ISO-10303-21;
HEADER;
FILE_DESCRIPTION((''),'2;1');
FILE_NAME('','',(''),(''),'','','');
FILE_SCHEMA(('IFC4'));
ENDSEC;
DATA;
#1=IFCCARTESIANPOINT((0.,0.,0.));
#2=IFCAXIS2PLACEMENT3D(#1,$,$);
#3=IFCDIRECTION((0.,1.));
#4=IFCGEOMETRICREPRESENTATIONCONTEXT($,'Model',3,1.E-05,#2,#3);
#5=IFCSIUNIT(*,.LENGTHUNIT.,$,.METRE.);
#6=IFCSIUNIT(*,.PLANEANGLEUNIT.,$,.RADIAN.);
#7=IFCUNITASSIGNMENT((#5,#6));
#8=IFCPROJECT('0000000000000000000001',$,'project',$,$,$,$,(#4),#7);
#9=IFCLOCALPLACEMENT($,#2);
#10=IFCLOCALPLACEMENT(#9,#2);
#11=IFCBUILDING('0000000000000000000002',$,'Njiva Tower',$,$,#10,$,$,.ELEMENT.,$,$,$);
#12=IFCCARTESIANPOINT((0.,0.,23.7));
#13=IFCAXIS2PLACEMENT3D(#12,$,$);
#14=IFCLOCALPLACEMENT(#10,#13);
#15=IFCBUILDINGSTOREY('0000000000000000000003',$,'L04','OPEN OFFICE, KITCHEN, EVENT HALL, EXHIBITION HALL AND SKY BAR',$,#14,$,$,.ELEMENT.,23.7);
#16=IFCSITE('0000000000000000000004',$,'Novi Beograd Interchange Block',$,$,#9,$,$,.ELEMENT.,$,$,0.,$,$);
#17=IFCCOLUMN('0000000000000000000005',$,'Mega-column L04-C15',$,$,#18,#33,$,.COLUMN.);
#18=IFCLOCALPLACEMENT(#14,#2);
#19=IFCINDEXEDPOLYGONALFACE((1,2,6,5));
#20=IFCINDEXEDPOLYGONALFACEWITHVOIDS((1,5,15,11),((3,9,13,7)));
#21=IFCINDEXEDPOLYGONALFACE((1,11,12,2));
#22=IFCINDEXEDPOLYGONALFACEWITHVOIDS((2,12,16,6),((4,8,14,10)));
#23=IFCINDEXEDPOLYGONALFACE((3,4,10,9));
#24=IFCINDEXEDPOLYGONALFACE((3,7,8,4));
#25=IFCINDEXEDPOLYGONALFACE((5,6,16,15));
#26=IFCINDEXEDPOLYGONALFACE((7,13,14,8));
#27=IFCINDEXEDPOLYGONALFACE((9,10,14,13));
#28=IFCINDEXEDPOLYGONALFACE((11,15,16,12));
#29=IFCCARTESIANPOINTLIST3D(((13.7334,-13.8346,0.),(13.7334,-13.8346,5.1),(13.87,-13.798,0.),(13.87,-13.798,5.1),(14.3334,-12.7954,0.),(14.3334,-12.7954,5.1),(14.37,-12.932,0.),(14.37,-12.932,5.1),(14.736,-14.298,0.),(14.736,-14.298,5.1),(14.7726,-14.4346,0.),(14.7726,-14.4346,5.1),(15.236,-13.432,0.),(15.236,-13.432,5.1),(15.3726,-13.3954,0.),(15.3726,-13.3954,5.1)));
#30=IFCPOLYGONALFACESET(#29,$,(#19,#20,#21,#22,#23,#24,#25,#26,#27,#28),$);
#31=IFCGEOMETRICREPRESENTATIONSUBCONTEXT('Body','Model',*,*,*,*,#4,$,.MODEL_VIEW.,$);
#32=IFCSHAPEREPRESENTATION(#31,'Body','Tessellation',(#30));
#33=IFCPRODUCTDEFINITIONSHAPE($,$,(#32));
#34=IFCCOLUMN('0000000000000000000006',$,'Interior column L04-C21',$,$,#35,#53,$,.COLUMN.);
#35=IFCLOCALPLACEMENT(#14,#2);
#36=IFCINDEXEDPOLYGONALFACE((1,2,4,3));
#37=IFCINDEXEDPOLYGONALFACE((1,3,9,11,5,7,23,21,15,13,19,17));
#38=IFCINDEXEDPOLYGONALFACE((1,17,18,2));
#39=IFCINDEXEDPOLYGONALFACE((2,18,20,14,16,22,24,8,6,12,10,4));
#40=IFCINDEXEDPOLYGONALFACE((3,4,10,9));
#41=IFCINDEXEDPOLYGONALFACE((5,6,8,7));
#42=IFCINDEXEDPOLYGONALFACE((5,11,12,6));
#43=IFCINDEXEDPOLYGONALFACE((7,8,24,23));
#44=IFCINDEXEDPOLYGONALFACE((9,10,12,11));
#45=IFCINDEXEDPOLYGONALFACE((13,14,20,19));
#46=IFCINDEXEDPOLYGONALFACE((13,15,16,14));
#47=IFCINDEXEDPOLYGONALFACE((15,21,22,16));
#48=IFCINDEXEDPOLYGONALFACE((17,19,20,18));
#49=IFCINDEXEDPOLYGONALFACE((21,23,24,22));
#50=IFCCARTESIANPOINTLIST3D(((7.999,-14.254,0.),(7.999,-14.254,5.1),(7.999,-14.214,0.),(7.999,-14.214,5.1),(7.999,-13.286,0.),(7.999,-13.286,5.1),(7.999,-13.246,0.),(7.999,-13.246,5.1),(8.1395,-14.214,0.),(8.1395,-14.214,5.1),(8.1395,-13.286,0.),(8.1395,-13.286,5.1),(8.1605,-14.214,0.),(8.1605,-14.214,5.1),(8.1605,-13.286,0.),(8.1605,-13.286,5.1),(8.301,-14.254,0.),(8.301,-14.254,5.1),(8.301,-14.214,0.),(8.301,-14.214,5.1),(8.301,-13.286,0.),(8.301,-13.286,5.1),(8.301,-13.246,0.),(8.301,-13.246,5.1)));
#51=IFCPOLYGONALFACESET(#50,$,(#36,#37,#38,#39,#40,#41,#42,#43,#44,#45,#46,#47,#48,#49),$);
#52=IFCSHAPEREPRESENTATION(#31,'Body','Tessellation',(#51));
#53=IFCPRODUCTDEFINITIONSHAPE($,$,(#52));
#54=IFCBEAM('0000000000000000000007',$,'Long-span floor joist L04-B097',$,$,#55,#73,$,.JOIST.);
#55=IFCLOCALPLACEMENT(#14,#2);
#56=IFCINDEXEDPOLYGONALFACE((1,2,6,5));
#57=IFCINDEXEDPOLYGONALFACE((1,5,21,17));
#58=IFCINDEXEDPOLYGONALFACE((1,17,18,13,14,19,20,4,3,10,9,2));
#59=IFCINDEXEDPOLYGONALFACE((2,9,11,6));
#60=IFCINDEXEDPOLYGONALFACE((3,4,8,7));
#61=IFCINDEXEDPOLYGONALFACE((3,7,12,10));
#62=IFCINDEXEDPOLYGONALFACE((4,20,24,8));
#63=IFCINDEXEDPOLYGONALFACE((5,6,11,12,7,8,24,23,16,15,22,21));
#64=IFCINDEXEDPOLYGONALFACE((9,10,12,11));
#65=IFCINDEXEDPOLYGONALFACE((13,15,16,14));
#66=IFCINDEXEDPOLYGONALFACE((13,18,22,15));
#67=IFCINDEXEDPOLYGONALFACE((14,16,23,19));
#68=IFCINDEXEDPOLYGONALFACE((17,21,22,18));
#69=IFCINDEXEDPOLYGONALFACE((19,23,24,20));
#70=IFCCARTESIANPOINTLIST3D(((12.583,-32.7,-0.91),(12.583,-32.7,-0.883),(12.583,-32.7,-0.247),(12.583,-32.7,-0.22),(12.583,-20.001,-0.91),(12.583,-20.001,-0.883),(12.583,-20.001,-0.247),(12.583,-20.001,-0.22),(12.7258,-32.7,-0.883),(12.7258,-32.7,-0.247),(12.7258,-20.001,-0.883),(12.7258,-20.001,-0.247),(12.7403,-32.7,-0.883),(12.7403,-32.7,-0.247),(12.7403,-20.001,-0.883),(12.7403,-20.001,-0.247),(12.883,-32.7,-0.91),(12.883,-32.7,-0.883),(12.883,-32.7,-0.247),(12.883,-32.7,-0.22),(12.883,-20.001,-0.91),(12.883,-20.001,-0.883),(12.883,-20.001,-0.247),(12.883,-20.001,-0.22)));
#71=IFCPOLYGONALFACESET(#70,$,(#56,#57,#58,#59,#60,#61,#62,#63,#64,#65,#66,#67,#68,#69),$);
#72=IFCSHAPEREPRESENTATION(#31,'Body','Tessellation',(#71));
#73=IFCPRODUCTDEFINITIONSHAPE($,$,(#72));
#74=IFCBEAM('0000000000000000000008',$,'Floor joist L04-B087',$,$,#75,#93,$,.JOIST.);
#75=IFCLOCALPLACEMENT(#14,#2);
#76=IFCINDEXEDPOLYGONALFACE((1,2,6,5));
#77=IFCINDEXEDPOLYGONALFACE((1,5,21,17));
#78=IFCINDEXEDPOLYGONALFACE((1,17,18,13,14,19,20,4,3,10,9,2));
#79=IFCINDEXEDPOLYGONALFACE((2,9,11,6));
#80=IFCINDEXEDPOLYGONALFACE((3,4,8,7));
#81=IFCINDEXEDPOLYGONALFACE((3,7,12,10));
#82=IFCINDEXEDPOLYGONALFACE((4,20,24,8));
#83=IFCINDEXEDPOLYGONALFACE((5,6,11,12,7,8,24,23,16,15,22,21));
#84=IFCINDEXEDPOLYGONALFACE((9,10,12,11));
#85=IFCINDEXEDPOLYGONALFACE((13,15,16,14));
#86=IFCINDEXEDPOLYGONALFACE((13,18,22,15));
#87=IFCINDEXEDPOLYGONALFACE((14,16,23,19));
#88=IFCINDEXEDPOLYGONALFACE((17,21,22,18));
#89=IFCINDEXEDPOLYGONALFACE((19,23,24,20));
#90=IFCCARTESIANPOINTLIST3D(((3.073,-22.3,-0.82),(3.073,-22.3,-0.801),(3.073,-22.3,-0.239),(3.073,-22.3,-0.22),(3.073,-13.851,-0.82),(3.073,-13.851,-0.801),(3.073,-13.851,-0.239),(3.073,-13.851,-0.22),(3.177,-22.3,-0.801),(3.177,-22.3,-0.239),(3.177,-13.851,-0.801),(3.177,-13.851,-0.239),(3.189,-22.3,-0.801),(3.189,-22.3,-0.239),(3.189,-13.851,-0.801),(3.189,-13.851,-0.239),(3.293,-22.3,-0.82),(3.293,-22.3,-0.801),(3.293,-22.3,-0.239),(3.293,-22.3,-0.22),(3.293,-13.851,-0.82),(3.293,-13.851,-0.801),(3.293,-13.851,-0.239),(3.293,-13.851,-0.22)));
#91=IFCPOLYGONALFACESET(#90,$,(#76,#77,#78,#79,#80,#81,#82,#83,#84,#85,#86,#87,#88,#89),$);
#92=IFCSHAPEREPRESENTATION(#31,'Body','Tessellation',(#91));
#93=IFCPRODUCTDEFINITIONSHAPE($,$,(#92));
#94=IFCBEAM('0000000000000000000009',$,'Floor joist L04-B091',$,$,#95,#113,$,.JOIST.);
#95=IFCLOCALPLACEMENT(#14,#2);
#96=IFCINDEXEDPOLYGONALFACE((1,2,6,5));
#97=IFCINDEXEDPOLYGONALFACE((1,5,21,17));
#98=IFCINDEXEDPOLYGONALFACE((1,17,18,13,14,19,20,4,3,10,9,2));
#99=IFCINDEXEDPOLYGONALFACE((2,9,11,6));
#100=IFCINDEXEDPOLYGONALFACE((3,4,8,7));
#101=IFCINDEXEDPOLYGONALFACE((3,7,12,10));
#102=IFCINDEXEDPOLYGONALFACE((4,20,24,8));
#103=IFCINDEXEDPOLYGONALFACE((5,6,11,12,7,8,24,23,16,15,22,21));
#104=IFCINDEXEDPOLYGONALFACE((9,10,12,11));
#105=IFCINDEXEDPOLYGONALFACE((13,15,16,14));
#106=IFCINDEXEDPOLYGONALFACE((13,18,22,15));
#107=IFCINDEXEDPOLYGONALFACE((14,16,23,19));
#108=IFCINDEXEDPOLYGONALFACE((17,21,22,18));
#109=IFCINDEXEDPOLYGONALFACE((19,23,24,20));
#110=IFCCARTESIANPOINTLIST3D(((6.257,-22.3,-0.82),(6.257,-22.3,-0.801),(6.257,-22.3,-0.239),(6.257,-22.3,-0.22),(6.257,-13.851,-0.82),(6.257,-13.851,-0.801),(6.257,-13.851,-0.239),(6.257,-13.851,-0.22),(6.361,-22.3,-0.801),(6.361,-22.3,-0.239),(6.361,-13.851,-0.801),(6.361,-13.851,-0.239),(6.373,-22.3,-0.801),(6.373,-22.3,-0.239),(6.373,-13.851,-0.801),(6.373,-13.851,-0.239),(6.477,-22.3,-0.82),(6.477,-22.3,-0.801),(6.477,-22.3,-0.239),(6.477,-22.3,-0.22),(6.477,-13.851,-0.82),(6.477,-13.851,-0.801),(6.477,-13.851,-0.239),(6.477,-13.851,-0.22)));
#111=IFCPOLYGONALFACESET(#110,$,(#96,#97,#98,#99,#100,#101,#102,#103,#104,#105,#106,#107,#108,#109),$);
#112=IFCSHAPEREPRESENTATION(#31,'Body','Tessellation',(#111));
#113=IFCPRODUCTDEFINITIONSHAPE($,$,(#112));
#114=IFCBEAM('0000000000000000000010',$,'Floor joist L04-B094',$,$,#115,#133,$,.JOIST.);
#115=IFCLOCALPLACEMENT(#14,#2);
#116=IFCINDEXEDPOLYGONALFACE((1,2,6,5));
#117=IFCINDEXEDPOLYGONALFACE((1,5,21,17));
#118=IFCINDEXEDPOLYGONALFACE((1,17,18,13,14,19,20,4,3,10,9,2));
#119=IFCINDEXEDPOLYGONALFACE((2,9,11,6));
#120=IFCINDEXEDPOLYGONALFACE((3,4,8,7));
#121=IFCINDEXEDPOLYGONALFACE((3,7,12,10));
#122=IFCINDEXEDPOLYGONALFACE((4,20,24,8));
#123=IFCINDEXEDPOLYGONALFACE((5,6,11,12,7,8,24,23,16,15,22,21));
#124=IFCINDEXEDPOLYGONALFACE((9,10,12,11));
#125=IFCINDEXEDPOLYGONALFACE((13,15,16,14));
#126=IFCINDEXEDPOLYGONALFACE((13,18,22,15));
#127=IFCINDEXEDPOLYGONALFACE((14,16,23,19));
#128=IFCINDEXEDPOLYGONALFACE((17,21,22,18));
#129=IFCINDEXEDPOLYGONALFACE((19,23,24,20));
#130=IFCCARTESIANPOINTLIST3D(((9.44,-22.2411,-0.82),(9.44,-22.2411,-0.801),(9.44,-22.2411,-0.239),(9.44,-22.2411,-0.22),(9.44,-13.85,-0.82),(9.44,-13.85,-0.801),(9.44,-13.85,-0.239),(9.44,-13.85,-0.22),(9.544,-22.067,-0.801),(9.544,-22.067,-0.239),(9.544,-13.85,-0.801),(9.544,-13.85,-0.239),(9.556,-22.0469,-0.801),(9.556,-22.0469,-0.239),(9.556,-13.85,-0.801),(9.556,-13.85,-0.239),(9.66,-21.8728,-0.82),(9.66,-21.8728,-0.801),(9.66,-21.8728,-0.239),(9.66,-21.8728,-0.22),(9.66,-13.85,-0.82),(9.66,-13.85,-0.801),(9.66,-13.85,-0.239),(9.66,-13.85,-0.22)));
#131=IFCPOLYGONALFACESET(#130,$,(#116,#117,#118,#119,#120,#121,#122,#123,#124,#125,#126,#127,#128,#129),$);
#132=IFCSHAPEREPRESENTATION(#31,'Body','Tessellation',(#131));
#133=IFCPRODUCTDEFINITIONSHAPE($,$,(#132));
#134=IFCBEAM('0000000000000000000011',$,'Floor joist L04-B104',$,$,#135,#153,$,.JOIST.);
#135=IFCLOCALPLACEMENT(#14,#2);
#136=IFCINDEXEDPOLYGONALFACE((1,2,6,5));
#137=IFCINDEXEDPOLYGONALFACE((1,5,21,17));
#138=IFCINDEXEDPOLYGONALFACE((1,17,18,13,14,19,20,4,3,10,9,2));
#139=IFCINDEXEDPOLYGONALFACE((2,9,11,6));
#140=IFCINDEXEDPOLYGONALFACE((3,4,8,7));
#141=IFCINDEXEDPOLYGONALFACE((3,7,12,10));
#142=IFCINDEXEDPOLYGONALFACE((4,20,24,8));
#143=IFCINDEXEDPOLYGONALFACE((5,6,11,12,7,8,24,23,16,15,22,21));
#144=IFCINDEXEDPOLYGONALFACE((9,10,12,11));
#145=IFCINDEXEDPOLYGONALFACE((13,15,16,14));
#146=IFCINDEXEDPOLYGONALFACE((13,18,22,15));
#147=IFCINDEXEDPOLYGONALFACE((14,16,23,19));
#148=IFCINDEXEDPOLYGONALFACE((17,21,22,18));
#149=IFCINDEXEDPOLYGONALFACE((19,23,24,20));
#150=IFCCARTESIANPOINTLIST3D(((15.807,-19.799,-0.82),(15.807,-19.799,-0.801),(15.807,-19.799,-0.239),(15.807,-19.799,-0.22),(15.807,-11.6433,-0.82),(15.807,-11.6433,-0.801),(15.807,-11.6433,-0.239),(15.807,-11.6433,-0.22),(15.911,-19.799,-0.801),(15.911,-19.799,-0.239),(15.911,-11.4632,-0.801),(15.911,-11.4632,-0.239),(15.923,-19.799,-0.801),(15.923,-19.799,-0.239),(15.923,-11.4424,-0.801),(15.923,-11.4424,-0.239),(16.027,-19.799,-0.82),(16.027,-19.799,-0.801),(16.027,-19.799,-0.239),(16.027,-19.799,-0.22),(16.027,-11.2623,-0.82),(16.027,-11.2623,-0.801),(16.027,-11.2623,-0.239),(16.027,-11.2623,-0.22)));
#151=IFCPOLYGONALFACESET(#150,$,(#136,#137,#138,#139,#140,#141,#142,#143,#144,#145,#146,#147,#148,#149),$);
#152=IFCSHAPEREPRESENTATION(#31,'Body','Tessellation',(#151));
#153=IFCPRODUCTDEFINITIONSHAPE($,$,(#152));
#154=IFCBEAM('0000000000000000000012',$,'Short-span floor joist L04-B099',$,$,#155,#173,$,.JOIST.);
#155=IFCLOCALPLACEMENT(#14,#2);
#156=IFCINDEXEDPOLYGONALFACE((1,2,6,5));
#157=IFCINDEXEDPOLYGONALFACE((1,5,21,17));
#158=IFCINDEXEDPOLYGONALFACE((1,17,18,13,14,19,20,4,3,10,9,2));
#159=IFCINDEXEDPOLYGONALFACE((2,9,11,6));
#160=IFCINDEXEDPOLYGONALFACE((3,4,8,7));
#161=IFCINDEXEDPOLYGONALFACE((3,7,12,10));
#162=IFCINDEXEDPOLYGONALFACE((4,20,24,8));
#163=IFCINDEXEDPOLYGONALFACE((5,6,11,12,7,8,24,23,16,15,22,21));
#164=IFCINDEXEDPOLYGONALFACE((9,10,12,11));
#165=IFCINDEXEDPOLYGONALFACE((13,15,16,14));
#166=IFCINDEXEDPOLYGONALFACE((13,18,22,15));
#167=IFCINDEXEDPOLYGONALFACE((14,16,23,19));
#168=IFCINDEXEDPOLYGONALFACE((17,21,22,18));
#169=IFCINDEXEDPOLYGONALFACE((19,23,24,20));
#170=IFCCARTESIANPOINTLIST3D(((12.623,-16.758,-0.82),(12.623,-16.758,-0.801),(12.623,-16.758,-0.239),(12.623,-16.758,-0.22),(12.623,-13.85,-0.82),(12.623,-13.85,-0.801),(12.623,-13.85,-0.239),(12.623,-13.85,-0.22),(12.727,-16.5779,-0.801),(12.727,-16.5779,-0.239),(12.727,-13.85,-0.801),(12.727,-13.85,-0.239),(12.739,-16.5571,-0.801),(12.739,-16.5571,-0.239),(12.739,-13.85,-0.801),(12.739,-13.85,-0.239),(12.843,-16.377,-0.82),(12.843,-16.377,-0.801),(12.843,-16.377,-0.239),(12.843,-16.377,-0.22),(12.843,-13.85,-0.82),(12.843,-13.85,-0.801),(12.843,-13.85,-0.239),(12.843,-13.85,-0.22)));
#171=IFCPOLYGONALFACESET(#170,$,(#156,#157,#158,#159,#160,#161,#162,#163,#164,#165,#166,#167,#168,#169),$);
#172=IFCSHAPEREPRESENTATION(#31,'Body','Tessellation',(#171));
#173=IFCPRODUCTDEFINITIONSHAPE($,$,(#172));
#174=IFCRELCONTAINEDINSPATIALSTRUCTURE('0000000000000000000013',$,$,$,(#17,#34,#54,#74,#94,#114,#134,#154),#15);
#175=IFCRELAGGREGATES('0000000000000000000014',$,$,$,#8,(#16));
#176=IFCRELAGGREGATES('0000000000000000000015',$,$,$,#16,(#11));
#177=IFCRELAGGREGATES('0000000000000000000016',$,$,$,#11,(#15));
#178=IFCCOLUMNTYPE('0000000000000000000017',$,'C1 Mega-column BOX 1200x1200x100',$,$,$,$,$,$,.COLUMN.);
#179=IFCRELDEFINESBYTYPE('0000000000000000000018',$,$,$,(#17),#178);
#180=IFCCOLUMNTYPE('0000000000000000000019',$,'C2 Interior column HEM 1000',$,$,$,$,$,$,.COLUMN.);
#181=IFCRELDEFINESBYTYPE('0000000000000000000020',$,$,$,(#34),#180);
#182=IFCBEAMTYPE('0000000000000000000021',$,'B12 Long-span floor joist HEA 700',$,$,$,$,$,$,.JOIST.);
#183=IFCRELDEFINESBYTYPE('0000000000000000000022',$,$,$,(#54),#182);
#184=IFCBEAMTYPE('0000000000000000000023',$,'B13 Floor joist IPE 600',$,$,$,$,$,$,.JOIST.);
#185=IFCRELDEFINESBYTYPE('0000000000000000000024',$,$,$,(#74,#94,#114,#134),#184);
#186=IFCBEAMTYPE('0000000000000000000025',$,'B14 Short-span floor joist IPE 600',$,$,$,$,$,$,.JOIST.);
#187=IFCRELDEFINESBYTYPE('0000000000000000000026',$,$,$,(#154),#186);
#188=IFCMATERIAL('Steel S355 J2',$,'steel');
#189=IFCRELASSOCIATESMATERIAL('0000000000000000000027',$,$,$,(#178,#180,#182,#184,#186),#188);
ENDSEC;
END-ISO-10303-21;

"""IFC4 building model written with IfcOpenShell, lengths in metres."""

from ifc_helpers import new_model, si_unit, direction, frame, origin, origin_2d, place, context, subcontext, project, spatial, hollow_rectangle, i_section, extrude, clip, halfspace, material, material_profile, profile_set, type_object, element, save


model = new_model("IFC4")

# Units and contexts
model_context = context("Model", 3, precision=1e-05, world=origin(), true_north=direction((0.0, 1.0)))
body_context = subcontext(model_context, "Body", "Model", "MODEL_VIEW")
ifc_project = project(units=[si_unit("LENGTHUNIT", "METRE"), si_unit("PLANEANGLEUNIT", "RADIAN")], contexts=[model_context])

# Site, building, storey
site_placement = place(None, origin())
site = spatial("IfcSite", under=ifc_project, at=site_placement, Name="Novi Beograd Interchange Block", CompositionType="ELEMENT", RefElevation=0.0)
building_placement = place(site_placement, origin())
building = spatial("IfcBuilding", under=site, at=building_placement, Name="Njiva Tower", CompositionType="ELEMENT")
storey_placement = place(building_placement, frame((0.0, 0.0, 23.7)))
storey = spatial("IfcBuildingStorey", under=building, at=storey_placement, Name="L04", Description="OPEN OFFICE, KITCHEN, EVENT HALL, EXHIBITION HALL AND SKY BAR", CompositionType="ELEMENT", Elevation=23.7)

# Columns
ifc_material_1 = material(Name="Steel S355 J2", Category="steel")
ifc_material_profile_1 = material_profile(ifc_material_1, hollow_rectangle(XDim=1.2, YDim=1.2, WallThickness=0.1, at=origin_2d()), Name="BOX 1200x1200x100")
ifc_profile_set_1 = profile_set([ifc_material_profile_1], Name="Steel S355 J2")
column_type_1 = type_object("IfcColumnType", Name="C1 Mega-column BOX 1200x1200x100", PredefinedType="COLUMN", material=ifc_profile_set_1)
column_1_placement = place(storey_placement, frame((14.553, -13.615, 0.0), z_axis=(0.0, 0.0, 1.0), x_axis=(0.5, 0.866025, 0.0)))
element("IfcColumn", 1, at=column_1_placement, inside=storey, type_object=column_type_1, Name="Mega-column L04-C15", PredefinedType="COLUMN", context=body_context, shape_type="SweptSolid", body=[
    extrude(hollow_rectangle(XDim=1.2, YDim=1.2, WallThickness=0.1, at=origin_2d()), origin(), (0.0, 0.0, 1.0), 5.1),
])
ifc_material_profile_2 = material_profile(ifc_material_1, i_section(OverallWidth=0.302, OverallDepth=1.008, WebThickness=0.021, FlangeThickness=0.04, at=origin_2d()), Name="HEM 1000")
ifc_profile_set_2 = profile_set([ifc_material_profile_2], Name="Steel S355 J2")
column_type_2 = type_object("IfcColumnType", Name="C2 Interior column HEM 1000", PredefinedType="COLUMN", material=ifc_profile_set_2)
column_2_placement = place(storey_placement, frame((8.15, -13.75, 0.0), z_axis=(0.0, 0.0, 1.0), x_axis=(1.0, 0.0, 0.0)))
element("IfcColumn", 2, at=column_2_placement, inside=storey, type_object=column_type_2, Name="Interior column L04-C21", PredefinedType="COLUMN", context=body_context, shape_type="SweptSolid", body=[
    extrude(i_section(OverallWidth=0.302, OverallDepth=1.008, WebThickness=0.021, FlangeThickness=0.04, at=origin_2d()), origin(), (0.0, 0.0, 1.0), 5.1),
])

# Beams
ifc_material_profile_3 = material_profile(ifc_material_1, i_section(OverallWidth=0.3, OverallDepth=0.69, WebThickness=0.0145, FlangeThickness=0.027, at=origin_2d()), Name="HEA 700")
ifc_profile_set_3 = profile_set([ifc_material_profile_3], Name="Steel S355 J2")
beam_type_1 = type_object("IfcBeamType", Name="B12 Long-span floor joist HEA 700", PredefinedType="JOIST", material=ifc_profile_set_3)
beam_1_placement = place(storey_placement, frame((12.733, -20.001, -0.565), z_axis=(0.0, -1.0, 0.0), x_axis=(1.0, 0.0, 0.0)))
element("IfcBeam", 3, at=beam_1_placement, inside=storey, type_object=beam_type_1, Name="Long-span floor joist L04-B097", PredefinedType="JOIST", context=body_context, shape_type="SweptSolid", body=[
    extrude(i_section(OverallWidth=0.3, OverallDepth=0.69, WebThickness=0.0145, FlangeThickness=0.027, at=origin_2d()), origin(), (0.0, 0.0, 1.0), 12.699),
])
ifc_material_profile_4 = material_profile(ifc_material_1, i_section(OverallWidth=0.22, OverallDepth=0.6, WebThickness=0.012, FlangeThickness=0.019, at=origin_2d()), Name="IPE 600")
ifc_profile_set_4 = profile_set([ifc_material_profile_4], Name="Steel S355 J2")
beam_type_2 = type_object("IfcBeamType", Name="B13 Floor joist IPE 600", PredefinedType="JOIST", material=ifc_profile_set_4)
for number, where, z_axis, x_axis, name in (
    (4, (3.183, -13.851, -0.52), (0.0, -1.0, 0.0), (1.0, 0.0, 0.0), "Floor joist L04-B087"),
    (5, (6.367, -13.851, -0.52), (0.0, -1.0, 0.0), (1.0, 0.0, 0.0), "Floor joist L04-B091"),
):
    element("IfcBeam", number, at=place(storey_placement, frame(where, z_axis=z_axis, x_axis=x_axis)), inside=storey, type_object=beam_type_2, Name=name, PredefinedType="JOIST", context=body_context, shape_type="SweptSolid", body=[
        extrude(i_section(OverallWidth=0.22, OverallDepth=0.6, WebThickness=0.012, FlangeThickness=0.019, at=origin_2d()), origin(), (0.0, 0.0, 1.0), 8.449),
    ])
beam_2_placement = place(storey_placement, frame((9.55, -13.85, -0.52), z_axis=(0.0, -1.0, 0.0), x_axis=(1.0, 0.0, 0.0)))
element("IfcBeam", 6, at=beam_2_placement, inside=storey, type_object=beam_type_2, Name="Floor joist L04-B094", PredefinedType="JOIST", context=body_context, shape_type="Clipping", body=[
    clip(extrude(i_section(OverallWidth=0.22, OverallDepth=0.6, WebThickness=0.012, FlangeThickness=0.019, at=origin_2d()), origin(), (0.0, 0.0, 1.0), 8.411), halfspace(frame((0.0429, 0.0, 8.1351), z_axis=(0.858483, 0.0, 0.512842), x_axis=(0.0, 1.0, 0.0)), False)),
])
beam_3_placement = place(storey_placement, frame((15.917, -11.242, -0.52), z_axis=(0.0, -1.0, 0.0), x_axis=(1.0, 0.0, 0.0)))
element("IfcBeam", 7, at=beam_3_placement, inside=storey, type_object=beam_type_2, Name="Floor joist L04-B104", PredefinedType="JOIST", context=body_context, shape_type="Clipping", body=[
    clip(extrude(i_section(OverallWidth=0.22, OverallDepth=0.6, WebThickness=0.012, FlangeThickness=0.019, at=origin_2d()), origin(), (0.0, 0.0, 1.0), 8.557), halfspace(frame((-0.0436, 0.0, 0.2863), z_axis=(-0.866027, 0.0, -0.499998), x_axis=(0.0, -1.0, 0.0)), False)),
])
ifc_material_profile_5 = material_profile(ifc_material_1, i_section(OverallWidth=0.22, OverallDepth=0.6, WebThickness=0.012, FlangeThickness=0.019, at=origin_2d()), Name="IPE 600")
ifc_profile_set_5 = profile_set([ifc_material_profile_5], Name="Steel S355 J2")
beam_type_3 = type_object("IfcBeamType", Name="B14 Short-span floor joist IPE 600", PredefinedType="JOIST", material=ifc_profile_set_5)
beam_4_placement = place(storey_placement, frame((12.733, -13.85, -0.52), z_axis=(0.0, -1.0, 0.0), x_axis=(1.0, 0.0, 0.0)))
element("IfcBeam", 8, at=beam_4_placement, inside=storey, type_object=beam_type_3, Name="Short-span floor joist L04-B099", PredefinedType="JOIST", context=body_context, shape_type="Clipping", body=[
    clip(extrude(i_section(OverallWidth=0.22, OverallDepth=0.6, WebThickness=0.012, FlangeThickness=0.019, at=origin_2d()), origin(), (0.0, 0.0, 1.0), 2.928), halfspace(frame((0.0436, 0.0, 2.642), z_axis=(0.866027, 0.0, 0.499998), x_axis=(0.0, 1.0, 0.0)), False)),
])

save(model, "model.ifc")
